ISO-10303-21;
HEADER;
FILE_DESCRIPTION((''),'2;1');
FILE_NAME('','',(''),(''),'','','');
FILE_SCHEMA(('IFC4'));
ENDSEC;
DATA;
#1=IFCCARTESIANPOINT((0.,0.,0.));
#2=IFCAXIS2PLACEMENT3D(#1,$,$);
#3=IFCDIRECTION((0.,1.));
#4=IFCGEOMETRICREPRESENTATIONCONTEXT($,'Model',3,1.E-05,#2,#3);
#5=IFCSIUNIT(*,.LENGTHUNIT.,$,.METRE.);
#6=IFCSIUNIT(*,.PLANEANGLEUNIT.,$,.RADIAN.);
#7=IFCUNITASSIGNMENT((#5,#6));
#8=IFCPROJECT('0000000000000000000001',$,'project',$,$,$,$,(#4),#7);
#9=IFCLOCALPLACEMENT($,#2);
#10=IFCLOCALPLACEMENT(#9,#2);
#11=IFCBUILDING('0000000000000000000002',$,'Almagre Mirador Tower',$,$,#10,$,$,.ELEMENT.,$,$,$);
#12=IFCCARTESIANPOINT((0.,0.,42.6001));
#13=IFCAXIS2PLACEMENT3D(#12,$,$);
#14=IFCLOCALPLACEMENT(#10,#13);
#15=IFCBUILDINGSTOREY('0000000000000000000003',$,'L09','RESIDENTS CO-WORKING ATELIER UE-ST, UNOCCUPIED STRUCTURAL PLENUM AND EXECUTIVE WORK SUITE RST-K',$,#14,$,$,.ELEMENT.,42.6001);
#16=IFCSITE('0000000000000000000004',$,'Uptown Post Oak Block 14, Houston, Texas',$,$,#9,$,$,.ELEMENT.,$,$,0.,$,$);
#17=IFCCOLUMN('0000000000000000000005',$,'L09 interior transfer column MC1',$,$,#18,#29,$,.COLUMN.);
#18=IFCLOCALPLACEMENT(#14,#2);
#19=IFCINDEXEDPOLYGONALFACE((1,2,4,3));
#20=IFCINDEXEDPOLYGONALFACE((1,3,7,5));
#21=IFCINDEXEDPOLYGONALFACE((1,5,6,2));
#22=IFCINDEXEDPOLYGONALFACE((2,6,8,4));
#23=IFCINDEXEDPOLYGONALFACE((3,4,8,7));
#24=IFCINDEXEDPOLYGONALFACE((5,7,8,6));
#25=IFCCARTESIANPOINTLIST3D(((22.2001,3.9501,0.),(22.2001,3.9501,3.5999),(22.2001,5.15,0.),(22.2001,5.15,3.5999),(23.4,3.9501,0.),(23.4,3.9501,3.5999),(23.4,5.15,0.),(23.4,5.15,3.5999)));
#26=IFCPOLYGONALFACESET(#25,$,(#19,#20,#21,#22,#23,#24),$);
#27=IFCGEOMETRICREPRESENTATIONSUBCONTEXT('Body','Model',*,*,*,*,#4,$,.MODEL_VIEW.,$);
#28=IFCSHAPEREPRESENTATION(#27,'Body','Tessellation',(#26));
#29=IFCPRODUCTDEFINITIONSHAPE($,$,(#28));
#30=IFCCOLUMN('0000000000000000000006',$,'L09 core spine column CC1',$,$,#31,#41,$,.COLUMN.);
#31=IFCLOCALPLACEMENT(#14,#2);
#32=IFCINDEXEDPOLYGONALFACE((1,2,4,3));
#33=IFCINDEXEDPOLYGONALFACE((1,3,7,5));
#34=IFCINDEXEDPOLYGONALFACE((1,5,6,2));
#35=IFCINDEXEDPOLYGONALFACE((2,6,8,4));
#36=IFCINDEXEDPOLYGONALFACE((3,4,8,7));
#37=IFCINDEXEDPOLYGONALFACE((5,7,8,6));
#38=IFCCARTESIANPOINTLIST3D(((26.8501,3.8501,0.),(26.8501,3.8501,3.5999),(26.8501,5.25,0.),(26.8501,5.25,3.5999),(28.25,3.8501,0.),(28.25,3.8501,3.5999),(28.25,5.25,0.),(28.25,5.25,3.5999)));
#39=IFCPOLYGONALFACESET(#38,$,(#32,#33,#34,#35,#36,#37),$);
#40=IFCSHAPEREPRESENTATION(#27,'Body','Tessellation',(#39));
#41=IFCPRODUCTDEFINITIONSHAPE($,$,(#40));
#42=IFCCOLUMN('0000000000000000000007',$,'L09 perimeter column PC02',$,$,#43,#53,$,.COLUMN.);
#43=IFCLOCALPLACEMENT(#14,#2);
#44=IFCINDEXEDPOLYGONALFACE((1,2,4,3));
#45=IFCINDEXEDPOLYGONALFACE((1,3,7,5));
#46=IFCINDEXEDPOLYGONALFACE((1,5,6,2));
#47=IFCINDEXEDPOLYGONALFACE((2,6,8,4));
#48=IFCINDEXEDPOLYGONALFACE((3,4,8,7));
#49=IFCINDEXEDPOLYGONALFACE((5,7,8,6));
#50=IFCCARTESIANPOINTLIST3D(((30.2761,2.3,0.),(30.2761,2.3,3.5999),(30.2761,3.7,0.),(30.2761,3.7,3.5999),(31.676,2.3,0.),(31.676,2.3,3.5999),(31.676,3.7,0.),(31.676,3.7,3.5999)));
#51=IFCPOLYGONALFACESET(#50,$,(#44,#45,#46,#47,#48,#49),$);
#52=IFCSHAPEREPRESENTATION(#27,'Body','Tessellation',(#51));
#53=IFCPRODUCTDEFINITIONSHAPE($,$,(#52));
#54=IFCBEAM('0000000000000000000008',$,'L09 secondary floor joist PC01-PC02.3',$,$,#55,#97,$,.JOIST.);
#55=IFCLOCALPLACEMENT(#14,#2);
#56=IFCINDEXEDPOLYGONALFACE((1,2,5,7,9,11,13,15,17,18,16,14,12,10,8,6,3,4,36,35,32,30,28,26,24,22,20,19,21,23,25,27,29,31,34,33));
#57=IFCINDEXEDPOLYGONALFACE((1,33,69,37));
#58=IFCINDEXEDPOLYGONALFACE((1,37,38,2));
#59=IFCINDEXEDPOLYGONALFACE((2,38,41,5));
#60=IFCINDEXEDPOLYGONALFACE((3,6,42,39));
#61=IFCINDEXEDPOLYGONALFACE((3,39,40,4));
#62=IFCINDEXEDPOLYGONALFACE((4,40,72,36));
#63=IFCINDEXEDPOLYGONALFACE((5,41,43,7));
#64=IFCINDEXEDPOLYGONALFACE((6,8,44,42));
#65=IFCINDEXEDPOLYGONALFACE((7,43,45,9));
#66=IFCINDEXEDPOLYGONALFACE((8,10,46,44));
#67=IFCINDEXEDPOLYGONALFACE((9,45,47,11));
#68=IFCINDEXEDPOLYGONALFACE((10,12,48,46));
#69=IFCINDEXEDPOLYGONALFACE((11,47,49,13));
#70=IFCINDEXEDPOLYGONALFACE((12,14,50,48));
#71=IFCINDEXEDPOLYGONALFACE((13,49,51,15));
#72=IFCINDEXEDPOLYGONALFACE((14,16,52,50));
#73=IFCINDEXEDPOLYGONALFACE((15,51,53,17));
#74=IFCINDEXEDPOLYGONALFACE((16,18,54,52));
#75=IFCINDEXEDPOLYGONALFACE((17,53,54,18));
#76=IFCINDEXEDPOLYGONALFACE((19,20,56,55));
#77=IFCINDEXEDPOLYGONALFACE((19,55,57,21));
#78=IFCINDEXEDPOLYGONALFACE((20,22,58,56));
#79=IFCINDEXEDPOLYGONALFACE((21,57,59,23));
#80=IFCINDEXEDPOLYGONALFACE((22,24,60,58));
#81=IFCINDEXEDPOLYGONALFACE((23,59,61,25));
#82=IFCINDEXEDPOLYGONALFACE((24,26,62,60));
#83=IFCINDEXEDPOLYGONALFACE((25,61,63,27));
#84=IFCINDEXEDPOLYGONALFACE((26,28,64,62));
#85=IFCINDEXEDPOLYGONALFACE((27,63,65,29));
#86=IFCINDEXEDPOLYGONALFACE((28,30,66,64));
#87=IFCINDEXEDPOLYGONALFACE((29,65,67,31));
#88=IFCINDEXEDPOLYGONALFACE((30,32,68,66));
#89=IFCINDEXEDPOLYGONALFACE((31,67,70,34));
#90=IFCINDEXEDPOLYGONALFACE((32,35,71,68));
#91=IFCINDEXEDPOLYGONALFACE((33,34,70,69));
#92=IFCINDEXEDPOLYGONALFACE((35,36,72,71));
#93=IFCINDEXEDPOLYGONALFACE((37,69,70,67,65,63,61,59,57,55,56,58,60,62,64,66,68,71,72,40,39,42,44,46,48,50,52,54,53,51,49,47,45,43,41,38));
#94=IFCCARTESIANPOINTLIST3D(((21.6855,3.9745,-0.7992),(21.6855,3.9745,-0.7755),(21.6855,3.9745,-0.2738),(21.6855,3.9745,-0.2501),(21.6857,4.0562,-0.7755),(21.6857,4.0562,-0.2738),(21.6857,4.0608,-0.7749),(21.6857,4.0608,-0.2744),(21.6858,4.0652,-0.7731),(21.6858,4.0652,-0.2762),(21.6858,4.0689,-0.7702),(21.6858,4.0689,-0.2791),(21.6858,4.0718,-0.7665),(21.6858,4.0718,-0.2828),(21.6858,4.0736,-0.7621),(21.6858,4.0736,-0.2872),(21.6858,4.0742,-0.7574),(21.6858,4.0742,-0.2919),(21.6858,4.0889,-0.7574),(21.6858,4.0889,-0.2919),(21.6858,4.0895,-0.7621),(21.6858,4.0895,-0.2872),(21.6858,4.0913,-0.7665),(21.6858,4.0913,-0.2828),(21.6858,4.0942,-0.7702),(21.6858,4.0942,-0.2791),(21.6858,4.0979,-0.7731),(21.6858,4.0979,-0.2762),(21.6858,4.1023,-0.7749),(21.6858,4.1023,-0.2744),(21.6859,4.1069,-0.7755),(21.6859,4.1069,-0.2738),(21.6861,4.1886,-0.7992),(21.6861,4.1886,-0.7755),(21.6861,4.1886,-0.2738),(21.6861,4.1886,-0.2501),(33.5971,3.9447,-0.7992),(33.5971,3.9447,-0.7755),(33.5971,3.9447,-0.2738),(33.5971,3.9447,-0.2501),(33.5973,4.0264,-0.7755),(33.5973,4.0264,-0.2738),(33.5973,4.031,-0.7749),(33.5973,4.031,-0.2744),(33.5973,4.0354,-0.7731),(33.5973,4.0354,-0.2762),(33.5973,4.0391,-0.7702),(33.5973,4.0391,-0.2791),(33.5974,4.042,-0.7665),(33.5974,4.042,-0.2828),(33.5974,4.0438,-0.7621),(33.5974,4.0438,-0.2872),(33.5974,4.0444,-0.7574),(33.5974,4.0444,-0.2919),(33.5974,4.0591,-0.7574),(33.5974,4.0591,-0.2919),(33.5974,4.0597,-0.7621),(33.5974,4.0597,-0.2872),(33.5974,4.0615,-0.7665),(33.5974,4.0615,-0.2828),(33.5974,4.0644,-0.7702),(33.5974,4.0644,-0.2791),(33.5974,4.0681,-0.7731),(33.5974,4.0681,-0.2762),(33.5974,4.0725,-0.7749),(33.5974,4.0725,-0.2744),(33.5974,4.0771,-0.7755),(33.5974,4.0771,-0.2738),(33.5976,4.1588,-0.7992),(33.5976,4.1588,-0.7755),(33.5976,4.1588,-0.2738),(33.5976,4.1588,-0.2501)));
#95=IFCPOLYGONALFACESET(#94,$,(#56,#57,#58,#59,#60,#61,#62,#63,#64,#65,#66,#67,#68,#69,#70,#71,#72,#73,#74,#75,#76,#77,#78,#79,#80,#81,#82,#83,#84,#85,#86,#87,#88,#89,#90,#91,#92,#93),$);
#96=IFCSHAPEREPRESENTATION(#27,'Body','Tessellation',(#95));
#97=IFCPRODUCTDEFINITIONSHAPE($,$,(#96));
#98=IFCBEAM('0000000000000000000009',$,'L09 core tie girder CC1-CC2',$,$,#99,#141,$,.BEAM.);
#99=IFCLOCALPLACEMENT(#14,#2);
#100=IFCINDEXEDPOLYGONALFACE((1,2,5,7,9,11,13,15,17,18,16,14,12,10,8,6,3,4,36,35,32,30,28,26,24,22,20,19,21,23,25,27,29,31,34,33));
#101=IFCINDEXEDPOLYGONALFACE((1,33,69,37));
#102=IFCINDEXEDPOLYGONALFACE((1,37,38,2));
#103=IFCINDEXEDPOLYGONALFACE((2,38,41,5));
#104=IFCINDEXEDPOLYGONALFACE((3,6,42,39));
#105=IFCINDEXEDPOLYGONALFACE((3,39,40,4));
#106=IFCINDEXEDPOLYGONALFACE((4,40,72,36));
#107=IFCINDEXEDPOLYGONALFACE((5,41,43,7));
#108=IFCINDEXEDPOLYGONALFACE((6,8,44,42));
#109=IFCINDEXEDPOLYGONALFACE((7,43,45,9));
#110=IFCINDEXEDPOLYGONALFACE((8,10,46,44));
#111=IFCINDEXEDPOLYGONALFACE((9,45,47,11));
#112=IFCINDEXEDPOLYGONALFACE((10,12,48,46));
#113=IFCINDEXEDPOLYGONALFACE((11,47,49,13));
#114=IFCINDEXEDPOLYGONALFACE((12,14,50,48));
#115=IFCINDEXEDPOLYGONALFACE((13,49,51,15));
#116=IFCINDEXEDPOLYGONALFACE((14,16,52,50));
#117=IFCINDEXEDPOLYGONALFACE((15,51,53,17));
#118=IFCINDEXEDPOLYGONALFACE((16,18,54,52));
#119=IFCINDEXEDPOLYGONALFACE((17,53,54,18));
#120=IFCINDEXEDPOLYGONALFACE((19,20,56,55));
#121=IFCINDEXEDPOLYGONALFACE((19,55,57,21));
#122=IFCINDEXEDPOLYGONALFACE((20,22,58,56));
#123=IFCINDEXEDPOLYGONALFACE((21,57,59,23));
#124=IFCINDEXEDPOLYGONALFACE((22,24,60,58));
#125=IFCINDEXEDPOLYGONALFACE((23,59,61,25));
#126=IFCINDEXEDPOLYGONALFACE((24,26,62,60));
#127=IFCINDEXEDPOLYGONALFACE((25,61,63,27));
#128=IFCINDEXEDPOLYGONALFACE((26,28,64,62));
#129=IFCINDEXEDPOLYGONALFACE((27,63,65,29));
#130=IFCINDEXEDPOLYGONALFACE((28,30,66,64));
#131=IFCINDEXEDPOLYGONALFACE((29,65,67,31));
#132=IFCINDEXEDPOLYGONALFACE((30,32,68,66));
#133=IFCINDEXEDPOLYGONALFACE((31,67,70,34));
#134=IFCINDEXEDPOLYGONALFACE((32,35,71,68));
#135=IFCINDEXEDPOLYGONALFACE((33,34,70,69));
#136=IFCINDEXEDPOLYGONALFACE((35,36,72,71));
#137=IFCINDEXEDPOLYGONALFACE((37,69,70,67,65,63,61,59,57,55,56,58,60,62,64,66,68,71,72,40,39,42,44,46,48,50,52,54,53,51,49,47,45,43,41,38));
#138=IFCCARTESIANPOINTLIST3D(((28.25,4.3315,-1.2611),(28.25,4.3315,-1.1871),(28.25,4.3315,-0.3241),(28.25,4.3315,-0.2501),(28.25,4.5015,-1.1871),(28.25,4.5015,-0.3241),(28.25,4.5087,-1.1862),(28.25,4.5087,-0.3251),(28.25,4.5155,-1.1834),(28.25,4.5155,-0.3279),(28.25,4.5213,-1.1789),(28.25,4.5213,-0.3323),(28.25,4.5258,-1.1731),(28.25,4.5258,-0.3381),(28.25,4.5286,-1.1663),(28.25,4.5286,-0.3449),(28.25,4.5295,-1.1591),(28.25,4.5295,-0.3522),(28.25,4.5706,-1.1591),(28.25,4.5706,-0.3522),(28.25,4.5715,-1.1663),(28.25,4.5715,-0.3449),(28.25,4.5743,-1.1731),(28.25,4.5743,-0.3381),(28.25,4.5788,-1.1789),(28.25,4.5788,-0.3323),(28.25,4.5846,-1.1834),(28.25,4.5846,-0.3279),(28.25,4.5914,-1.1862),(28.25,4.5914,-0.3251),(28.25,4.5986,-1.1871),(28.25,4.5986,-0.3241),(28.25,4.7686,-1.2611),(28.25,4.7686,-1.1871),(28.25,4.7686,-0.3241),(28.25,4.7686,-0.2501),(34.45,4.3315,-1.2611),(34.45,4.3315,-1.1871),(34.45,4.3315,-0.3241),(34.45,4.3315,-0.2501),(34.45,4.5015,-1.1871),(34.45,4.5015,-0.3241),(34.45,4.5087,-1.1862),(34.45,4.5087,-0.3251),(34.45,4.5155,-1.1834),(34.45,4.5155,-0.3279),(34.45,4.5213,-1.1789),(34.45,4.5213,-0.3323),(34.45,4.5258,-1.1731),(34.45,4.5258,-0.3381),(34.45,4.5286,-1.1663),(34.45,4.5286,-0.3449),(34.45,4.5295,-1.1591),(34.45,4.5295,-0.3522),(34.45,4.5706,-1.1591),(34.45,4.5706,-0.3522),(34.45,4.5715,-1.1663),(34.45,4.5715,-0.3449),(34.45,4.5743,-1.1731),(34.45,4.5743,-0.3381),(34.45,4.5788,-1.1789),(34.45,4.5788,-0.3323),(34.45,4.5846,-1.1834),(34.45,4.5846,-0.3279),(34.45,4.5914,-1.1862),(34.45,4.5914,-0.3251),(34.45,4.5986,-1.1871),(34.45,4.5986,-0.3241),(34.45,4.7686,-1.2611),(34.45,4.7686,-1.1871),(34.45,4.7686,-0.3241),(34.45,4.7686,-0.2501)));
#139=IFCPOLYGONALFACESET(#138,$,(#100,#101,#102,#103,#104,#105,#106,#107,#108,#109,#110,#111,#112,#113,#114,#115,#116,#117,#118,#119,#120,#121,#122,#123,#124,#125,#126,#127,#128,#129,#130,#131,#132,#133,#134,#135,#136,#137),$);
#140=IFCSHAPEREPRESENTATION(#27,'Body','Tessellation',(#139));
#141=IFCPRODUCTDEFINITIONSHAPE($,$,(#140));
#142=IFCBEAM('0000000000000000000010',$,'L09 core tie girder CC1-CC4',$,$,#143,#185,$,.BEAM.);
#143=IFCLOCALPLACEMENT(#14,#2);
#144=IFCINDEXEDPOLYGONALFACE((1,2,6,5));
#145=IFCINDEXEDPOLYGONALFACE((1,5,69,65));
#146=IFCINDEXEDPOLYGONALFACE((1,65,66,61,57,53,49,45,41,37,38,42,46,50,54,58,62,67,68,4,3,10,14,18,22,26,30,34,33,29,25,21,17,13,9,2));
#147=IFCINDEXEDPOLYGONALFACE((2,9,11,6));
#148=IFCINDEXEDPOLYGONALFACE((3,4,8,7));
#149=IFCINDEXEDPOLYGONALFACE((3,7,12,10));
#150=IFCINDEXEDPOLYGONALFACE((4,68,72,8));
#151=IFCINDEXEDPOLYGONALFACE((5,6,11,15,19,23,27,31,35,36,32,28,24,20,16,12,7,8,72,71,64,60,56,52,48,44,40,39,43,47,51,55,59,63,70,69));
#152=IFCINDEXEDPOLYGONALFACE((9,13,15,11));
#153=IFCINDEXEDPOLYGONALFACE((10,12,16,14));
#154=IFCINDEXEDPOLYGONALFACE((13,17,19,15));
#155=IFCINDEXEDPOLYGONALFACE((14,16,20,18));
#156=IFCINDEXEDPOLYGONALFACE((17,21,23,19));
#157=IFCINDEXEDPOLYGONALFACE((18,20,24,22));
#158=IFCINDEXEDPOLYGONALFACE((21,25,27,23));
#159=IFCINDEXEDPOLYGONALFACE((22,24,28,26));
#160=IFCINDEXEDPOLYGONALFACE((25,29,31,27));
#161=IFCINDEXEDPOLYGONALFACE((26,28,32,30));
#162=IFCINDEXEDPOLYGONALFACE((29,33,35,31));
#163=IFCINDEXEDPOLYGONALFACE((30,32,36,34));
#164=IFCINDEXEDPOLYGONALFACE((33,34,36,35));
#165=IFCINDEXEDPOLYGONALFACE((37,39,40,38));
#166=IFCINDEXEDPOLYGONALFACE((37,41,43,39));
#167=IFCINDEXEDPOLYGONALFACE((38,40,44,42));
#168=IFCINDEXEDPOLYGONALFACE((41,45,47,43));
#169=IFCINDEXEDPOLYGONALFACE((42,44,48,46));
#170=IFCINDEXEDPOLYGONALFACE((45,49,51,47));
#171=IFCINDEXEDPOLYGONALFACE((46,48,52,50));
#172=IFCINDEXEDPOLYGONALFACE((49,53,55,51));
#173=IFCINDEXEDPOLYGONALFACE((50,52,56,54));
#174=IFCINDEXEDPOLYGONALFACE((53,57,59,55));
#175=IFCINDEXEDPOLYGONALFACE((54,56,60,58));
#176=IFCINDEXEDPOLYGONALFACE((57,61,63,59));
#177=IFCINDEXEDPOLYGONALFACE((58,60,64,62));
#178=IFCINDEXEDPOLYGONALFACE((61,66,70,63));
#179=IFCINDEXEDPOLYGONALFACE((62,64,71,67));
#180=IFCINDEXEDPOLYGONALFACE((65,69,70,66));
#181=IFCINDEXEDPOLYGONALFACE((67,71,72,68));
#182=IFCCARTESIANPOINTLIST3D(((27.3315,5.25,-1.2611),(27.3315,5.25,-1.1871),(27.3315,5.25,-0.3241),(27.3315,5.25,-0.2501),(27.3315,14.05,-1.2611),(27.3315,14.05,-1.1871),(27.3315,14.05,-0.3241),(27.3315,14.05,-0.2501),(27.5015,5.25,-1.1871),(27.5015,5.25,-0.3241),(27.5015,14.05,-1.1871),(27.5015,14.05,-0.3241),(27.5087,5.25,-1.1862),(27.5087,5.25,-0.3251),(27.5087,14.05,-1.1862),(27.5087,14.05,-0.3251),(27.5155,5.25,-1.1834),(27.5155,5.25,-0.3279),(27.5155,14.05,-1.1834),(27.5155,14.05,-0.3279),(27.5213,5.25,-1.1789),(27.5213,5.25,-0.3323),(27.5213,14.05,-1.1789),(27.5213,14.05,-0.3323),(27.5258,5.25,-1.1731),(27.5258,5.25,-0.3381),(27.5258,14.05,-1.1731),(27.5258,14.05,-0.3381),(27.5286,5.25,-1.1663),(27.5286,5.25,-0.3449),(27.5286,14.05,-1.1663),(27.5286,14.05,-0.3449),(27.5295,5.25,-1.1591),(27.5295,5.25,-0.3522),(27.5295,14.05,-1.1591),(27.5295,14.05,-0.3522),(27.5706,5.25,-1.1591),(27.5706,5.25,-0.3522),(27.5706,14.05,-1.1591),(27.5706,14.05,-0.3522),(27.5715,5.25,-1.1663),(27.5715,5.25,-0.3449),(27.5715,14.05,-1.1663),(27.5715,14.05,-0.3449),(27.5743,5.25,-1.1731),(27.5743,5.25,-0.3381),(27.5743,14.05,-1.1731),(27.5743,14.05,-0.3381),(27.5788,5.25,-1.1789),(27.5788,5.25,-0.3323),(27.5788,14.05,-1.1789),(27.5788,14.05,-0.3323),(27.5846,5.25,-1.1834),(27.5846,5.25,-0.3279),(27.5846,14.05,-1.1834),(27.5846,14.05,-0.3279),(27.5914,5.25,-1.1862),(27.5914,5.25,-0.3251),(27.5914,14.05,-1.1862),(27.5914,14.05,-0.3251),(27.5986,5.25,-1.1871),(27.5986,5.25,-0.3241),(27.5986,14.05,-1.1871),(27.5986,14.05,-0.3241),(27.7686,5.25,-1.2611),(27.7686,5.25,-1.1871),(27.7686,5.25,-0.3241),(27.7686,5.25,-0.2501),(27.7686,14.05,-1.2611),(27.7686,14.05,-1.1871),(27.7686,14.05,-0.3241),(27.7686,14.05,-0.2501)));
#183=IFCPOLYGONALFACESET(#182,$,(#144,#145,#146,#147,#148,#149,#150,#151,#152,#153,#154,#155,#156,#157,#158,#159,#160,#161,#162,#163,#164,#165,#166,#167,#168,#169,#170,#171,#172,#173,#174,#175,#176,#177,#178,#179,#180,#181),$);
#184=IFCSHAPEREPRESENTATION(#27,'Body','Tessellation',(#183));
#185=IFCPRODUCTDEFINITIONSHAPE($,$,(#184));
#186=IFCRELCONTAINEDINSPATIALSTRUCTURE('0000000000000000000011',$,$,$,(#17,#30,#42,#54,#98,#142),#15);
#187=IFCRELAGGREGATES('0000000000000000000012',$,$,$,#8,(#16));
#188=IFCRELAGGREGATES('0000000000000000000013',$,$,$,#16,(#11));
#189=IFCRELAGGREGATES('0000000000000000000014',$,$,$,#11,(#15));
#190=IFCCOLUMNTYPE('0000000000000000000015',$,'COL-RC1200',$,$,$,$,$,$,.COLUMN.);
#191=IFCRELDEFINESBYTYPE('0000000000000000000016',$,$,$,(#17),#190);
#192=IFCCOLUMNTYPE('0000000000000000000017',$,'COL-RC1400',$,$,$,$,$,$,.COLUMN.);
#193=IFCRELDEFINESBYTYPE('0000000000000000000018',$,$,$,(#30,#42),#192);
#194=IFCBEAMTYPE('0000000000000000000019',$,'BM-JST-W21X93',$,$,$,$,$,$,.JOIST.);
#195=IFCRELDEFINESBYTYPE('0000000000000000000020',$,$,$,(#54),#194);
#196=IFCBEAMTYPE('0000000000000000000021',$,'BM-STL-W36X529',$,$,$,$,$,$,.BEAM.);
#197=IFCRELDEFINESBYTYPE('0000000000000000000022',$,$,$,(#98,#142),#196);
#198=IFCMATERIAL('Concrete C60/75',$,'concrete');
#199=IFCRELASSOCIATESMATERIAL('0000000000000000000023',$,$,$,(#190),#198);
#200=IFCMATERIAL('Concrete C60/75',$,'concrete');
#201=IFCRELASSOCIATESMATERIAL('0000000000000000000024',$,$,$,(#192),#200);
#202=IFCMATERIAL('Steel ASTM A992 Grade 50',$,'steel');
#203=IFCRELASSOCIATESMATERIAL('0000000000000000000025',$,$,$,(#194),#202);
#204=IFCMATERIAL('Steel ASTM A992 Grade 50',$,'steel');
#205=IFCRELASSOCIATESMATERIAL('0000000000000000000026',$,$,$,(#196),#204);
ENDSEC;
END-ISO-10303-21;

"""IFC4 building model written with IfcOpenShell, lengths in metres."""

from ifc_helpers import new_model, si_unit, direction, frame, origin, origin_2d, place, context, subcontext, project, spatial, rectangle, i_section, extrude, material, material_profile, profile_set, type_object, element, save


model = new_model("IFC4")

# Units and contexts
model_context = context("Model", 3, precision=1e-05, world=origin(), true_north=direction((0.0, 1.0)))
body_context = subcontext(model_context, "Body", "Model", "MODEL_VIEW")
ifc_project = project(units=[si_unit("LENGTHUNIT", "METRE"), si_unit("PLANEANGLEUNIT", "RADIAN")], contexts=[model_context])

# Site, building, storey
site_placement = place(None, origin())
site = spatial("IfcSite", under=ifc_project, at=site_placement, Name="Uptown Post Oak Block 14, Houston, Texas", CompositionType="ELEMENT", RefElevation=0.0)
building_placement = place(site_placement, origin())
building = spatial("IfcBuilding", under=site, at=building_placement, Name="Almagre Mirador Tower", CompositionType="ELEMENT")
storey_placement = place(building_placement, frame((0.0, 0.0, 42.6001)))
storey = spatial("IfcBuildingStorey", under=building, at=storey_placement, Name="L09", Description="RESIDENTS CO-WORKING ATELIER UE-ST, UNOCCUPIED STRUCTURAL PLENUM AND EXECUTIVE WORK SUITE RST-K", CompositionType="ELEMENT", Elevation=42.6001)

# Columns
ifc_material_1 = material(Name="Concrete C60/75", Category="concrete")
ifc_material_profile_1 = material_profile(ifc_material_1, rectangle(XDim=1.2, YDim=1.2, at=origin_2d()), Name="RC1200X1200")
ifc_profile_set_1 = profile_set([ifc_material_profile_1], Name="Concrete C60/75")
column_type_1 = type_object("IfcColumnType", Name="COL-RC1200", PredefinedType="COLUMN", material=ifc_profile_set_1)
column_placement = place(storey_placement, frame((22.8, 4.55, 0.0), z_axis=(0.0, 0.0, 1.0), x_axis=(1.0, 0.0, 0.0)))
element("IfcColumn", 1, at=column_placement, inside=storey, type_object=column_type_1, Name="L09 interior transfer column MC1", PredefinedType="COLUMN", context=body_context, shape_type="SweptSolid", body=[
    extrude(rectangle(XDim=1.2, YDim=1.2, at=origin_2d()), origin(), (0.0, 0.0, 1.0), 3.5999),
])
ifc_material_2 = material(Name="Concrete C60/75", Category="concrete")
ifc_material_profile_2 = material_profile(ifc_material_2, rectangle(XDim=1.3999, YDim=1.3999, at=origin_2d()), Name="RC1400X1400")
ifc_profile_set_2 = profile_set([ifc_material_profile_2], Name="Concrete C60/75")
column_type_2 = type_object("IfcColumnType", Name="COL-RC1400", PredefinedType="COLUMN", material=ifc_profile_set_2)
for number, where, z_axis, x_axis, name in (
    (2, (27.55, 4.55, 0.0), (0.0, 0.0, 1.0), (1.0, 0.0, 0.0), "L09 core spine column CC1"),
    (3, (30.9761, 3.0, 0.0), (0.0, 0.0, 1.0), (1.0, 0.0, 0.0), "L09 perimeter column PC02"),
):
    element("IfcColumn", number, at=place(storey_placement, frame(where, z_axis=z_axis, x_axis=x_axis)), inside=storey, type_object=column_type_2, Name=name, PredefinedType="COLUMN", context=body_context, shape_type="SweptSolid", body=[
        extrude(rectangle(XDim=1.3999, YDim=1.3999, at=origin_2d()), origin(), (0.0, 0.0, 1.0), 3.5999),
    ])

# Beams
ifc_material_3 = material(Name="Steel ASTM A992 Grade 50", Category="steel")
ifc_material_profile_3 = material_profile(ifc_material_3, i_section(OverallWidth=0.2141, OverallDepth=0.5491, WebThickness=0.0146, FlangeThickness=0.0237, FilletRadius=0.0181, at=origin_2d()), Name="W21X93")
ifc_profile_set_3 = profile_set([ifc_material_profile_3], Name="Steel ASTM A992 Grade 50")
beam_type_1 = type_object("IfcBeamType", Name="BM-JST-W21X93", PredefinedType="JOIST", material=ifc_profile_set_3)
beam_1_placement = place(storey_placement, frame((21.6858, 4.0815, -0.5247), z_axis=(0.999997, -0.002501, 0.0), x_axis=(0.002501, 0.999997, 0.0)))
element("IfcBeam", 4, at=beam_1_placement, inside=storey, type_object=beam_type_1, Name="L09 secondary floor joist PC01-PC02.3", PredefinedType="JOIST", context=body_context, shape_type="SweptSolid", body=[
    extrude(i_section(OverallWidth=0.2141, OverallDepth=0.5491, WebThickness=0.0146, FlangeThickness=0.0237, FilletRadius=0.0181, at=origin_2d()), origin(), (0.0, 0.0, 1.0), 11.9116),
])
ifc_material_4 = material(Name="Steel ASTM A992 Grade 50", Category="steel")
ifc_material_profile_4 = material_profile(ifc_material_4, i_section(OverallWidth=0.437, OverallDepth=1.011, WebThickness=0.041, FlangeThickness=0.074, FilletRadius=0.0281, at=origin_2d()), Name="W36X529")
ifc_profile_set_4 = profile_set([ifc_material_profile_4], Name="Steel ASTM A992 Grade 50")
beam_type_2 = type_object("IfcBeamType", Name="BM-STL-W36X529", PredefinedType="BEAM", material=ifc_profile_set_4)
beam_2_placement = place(storey_placement, frame((28.25, 4.55, -0.7556), z_axis=(1.0, 0.0, 0.0), x_axis=(0.0, 1.0, 0.0)))
element("IfcBeam", 5, at=beam_2_placement, inside=storey, type_object=beam_type_2, Name="L09 core tie girder CC1-CC2", PredefinedType="BEAM", context=body_context, shape_type="SweptSolid", body=[
    extrude(i_section(OverallWidth=0.437, OverallDepth=1.011, WebThickness=0.041, FlangeThickness=0.074, FilletRadius=0.0281, at=origin_2d()), origin(), (0.0, 0.0, 1.0), 6.2),
])
beam_3_placement = place(storey_placement, frame((27.55, 5.25, -0.7556), z_axis=(0.0, 1.0, 0.0), x_axis=(-1.0, 0.0, 0.0)))
element("IfcBeam", 6, at=beam_3_placement, inside=storey, type_object=beam_type_2, Name="L09 core tie girder CC1-CC4", PredefinedType="BEAM", context=body_context, shape_type="SweptSolid", body=[
    extrude(i_section(OverallWidth=0.437, OverallDepth=1.011, WebThickness=0.041, FlangeThickness=0.074, FilletRadius=0.0281, at=origin_2d()), origin(), (0.0, 0.0, 1.0), 8.8),
])

save(model, "model.ifc")
